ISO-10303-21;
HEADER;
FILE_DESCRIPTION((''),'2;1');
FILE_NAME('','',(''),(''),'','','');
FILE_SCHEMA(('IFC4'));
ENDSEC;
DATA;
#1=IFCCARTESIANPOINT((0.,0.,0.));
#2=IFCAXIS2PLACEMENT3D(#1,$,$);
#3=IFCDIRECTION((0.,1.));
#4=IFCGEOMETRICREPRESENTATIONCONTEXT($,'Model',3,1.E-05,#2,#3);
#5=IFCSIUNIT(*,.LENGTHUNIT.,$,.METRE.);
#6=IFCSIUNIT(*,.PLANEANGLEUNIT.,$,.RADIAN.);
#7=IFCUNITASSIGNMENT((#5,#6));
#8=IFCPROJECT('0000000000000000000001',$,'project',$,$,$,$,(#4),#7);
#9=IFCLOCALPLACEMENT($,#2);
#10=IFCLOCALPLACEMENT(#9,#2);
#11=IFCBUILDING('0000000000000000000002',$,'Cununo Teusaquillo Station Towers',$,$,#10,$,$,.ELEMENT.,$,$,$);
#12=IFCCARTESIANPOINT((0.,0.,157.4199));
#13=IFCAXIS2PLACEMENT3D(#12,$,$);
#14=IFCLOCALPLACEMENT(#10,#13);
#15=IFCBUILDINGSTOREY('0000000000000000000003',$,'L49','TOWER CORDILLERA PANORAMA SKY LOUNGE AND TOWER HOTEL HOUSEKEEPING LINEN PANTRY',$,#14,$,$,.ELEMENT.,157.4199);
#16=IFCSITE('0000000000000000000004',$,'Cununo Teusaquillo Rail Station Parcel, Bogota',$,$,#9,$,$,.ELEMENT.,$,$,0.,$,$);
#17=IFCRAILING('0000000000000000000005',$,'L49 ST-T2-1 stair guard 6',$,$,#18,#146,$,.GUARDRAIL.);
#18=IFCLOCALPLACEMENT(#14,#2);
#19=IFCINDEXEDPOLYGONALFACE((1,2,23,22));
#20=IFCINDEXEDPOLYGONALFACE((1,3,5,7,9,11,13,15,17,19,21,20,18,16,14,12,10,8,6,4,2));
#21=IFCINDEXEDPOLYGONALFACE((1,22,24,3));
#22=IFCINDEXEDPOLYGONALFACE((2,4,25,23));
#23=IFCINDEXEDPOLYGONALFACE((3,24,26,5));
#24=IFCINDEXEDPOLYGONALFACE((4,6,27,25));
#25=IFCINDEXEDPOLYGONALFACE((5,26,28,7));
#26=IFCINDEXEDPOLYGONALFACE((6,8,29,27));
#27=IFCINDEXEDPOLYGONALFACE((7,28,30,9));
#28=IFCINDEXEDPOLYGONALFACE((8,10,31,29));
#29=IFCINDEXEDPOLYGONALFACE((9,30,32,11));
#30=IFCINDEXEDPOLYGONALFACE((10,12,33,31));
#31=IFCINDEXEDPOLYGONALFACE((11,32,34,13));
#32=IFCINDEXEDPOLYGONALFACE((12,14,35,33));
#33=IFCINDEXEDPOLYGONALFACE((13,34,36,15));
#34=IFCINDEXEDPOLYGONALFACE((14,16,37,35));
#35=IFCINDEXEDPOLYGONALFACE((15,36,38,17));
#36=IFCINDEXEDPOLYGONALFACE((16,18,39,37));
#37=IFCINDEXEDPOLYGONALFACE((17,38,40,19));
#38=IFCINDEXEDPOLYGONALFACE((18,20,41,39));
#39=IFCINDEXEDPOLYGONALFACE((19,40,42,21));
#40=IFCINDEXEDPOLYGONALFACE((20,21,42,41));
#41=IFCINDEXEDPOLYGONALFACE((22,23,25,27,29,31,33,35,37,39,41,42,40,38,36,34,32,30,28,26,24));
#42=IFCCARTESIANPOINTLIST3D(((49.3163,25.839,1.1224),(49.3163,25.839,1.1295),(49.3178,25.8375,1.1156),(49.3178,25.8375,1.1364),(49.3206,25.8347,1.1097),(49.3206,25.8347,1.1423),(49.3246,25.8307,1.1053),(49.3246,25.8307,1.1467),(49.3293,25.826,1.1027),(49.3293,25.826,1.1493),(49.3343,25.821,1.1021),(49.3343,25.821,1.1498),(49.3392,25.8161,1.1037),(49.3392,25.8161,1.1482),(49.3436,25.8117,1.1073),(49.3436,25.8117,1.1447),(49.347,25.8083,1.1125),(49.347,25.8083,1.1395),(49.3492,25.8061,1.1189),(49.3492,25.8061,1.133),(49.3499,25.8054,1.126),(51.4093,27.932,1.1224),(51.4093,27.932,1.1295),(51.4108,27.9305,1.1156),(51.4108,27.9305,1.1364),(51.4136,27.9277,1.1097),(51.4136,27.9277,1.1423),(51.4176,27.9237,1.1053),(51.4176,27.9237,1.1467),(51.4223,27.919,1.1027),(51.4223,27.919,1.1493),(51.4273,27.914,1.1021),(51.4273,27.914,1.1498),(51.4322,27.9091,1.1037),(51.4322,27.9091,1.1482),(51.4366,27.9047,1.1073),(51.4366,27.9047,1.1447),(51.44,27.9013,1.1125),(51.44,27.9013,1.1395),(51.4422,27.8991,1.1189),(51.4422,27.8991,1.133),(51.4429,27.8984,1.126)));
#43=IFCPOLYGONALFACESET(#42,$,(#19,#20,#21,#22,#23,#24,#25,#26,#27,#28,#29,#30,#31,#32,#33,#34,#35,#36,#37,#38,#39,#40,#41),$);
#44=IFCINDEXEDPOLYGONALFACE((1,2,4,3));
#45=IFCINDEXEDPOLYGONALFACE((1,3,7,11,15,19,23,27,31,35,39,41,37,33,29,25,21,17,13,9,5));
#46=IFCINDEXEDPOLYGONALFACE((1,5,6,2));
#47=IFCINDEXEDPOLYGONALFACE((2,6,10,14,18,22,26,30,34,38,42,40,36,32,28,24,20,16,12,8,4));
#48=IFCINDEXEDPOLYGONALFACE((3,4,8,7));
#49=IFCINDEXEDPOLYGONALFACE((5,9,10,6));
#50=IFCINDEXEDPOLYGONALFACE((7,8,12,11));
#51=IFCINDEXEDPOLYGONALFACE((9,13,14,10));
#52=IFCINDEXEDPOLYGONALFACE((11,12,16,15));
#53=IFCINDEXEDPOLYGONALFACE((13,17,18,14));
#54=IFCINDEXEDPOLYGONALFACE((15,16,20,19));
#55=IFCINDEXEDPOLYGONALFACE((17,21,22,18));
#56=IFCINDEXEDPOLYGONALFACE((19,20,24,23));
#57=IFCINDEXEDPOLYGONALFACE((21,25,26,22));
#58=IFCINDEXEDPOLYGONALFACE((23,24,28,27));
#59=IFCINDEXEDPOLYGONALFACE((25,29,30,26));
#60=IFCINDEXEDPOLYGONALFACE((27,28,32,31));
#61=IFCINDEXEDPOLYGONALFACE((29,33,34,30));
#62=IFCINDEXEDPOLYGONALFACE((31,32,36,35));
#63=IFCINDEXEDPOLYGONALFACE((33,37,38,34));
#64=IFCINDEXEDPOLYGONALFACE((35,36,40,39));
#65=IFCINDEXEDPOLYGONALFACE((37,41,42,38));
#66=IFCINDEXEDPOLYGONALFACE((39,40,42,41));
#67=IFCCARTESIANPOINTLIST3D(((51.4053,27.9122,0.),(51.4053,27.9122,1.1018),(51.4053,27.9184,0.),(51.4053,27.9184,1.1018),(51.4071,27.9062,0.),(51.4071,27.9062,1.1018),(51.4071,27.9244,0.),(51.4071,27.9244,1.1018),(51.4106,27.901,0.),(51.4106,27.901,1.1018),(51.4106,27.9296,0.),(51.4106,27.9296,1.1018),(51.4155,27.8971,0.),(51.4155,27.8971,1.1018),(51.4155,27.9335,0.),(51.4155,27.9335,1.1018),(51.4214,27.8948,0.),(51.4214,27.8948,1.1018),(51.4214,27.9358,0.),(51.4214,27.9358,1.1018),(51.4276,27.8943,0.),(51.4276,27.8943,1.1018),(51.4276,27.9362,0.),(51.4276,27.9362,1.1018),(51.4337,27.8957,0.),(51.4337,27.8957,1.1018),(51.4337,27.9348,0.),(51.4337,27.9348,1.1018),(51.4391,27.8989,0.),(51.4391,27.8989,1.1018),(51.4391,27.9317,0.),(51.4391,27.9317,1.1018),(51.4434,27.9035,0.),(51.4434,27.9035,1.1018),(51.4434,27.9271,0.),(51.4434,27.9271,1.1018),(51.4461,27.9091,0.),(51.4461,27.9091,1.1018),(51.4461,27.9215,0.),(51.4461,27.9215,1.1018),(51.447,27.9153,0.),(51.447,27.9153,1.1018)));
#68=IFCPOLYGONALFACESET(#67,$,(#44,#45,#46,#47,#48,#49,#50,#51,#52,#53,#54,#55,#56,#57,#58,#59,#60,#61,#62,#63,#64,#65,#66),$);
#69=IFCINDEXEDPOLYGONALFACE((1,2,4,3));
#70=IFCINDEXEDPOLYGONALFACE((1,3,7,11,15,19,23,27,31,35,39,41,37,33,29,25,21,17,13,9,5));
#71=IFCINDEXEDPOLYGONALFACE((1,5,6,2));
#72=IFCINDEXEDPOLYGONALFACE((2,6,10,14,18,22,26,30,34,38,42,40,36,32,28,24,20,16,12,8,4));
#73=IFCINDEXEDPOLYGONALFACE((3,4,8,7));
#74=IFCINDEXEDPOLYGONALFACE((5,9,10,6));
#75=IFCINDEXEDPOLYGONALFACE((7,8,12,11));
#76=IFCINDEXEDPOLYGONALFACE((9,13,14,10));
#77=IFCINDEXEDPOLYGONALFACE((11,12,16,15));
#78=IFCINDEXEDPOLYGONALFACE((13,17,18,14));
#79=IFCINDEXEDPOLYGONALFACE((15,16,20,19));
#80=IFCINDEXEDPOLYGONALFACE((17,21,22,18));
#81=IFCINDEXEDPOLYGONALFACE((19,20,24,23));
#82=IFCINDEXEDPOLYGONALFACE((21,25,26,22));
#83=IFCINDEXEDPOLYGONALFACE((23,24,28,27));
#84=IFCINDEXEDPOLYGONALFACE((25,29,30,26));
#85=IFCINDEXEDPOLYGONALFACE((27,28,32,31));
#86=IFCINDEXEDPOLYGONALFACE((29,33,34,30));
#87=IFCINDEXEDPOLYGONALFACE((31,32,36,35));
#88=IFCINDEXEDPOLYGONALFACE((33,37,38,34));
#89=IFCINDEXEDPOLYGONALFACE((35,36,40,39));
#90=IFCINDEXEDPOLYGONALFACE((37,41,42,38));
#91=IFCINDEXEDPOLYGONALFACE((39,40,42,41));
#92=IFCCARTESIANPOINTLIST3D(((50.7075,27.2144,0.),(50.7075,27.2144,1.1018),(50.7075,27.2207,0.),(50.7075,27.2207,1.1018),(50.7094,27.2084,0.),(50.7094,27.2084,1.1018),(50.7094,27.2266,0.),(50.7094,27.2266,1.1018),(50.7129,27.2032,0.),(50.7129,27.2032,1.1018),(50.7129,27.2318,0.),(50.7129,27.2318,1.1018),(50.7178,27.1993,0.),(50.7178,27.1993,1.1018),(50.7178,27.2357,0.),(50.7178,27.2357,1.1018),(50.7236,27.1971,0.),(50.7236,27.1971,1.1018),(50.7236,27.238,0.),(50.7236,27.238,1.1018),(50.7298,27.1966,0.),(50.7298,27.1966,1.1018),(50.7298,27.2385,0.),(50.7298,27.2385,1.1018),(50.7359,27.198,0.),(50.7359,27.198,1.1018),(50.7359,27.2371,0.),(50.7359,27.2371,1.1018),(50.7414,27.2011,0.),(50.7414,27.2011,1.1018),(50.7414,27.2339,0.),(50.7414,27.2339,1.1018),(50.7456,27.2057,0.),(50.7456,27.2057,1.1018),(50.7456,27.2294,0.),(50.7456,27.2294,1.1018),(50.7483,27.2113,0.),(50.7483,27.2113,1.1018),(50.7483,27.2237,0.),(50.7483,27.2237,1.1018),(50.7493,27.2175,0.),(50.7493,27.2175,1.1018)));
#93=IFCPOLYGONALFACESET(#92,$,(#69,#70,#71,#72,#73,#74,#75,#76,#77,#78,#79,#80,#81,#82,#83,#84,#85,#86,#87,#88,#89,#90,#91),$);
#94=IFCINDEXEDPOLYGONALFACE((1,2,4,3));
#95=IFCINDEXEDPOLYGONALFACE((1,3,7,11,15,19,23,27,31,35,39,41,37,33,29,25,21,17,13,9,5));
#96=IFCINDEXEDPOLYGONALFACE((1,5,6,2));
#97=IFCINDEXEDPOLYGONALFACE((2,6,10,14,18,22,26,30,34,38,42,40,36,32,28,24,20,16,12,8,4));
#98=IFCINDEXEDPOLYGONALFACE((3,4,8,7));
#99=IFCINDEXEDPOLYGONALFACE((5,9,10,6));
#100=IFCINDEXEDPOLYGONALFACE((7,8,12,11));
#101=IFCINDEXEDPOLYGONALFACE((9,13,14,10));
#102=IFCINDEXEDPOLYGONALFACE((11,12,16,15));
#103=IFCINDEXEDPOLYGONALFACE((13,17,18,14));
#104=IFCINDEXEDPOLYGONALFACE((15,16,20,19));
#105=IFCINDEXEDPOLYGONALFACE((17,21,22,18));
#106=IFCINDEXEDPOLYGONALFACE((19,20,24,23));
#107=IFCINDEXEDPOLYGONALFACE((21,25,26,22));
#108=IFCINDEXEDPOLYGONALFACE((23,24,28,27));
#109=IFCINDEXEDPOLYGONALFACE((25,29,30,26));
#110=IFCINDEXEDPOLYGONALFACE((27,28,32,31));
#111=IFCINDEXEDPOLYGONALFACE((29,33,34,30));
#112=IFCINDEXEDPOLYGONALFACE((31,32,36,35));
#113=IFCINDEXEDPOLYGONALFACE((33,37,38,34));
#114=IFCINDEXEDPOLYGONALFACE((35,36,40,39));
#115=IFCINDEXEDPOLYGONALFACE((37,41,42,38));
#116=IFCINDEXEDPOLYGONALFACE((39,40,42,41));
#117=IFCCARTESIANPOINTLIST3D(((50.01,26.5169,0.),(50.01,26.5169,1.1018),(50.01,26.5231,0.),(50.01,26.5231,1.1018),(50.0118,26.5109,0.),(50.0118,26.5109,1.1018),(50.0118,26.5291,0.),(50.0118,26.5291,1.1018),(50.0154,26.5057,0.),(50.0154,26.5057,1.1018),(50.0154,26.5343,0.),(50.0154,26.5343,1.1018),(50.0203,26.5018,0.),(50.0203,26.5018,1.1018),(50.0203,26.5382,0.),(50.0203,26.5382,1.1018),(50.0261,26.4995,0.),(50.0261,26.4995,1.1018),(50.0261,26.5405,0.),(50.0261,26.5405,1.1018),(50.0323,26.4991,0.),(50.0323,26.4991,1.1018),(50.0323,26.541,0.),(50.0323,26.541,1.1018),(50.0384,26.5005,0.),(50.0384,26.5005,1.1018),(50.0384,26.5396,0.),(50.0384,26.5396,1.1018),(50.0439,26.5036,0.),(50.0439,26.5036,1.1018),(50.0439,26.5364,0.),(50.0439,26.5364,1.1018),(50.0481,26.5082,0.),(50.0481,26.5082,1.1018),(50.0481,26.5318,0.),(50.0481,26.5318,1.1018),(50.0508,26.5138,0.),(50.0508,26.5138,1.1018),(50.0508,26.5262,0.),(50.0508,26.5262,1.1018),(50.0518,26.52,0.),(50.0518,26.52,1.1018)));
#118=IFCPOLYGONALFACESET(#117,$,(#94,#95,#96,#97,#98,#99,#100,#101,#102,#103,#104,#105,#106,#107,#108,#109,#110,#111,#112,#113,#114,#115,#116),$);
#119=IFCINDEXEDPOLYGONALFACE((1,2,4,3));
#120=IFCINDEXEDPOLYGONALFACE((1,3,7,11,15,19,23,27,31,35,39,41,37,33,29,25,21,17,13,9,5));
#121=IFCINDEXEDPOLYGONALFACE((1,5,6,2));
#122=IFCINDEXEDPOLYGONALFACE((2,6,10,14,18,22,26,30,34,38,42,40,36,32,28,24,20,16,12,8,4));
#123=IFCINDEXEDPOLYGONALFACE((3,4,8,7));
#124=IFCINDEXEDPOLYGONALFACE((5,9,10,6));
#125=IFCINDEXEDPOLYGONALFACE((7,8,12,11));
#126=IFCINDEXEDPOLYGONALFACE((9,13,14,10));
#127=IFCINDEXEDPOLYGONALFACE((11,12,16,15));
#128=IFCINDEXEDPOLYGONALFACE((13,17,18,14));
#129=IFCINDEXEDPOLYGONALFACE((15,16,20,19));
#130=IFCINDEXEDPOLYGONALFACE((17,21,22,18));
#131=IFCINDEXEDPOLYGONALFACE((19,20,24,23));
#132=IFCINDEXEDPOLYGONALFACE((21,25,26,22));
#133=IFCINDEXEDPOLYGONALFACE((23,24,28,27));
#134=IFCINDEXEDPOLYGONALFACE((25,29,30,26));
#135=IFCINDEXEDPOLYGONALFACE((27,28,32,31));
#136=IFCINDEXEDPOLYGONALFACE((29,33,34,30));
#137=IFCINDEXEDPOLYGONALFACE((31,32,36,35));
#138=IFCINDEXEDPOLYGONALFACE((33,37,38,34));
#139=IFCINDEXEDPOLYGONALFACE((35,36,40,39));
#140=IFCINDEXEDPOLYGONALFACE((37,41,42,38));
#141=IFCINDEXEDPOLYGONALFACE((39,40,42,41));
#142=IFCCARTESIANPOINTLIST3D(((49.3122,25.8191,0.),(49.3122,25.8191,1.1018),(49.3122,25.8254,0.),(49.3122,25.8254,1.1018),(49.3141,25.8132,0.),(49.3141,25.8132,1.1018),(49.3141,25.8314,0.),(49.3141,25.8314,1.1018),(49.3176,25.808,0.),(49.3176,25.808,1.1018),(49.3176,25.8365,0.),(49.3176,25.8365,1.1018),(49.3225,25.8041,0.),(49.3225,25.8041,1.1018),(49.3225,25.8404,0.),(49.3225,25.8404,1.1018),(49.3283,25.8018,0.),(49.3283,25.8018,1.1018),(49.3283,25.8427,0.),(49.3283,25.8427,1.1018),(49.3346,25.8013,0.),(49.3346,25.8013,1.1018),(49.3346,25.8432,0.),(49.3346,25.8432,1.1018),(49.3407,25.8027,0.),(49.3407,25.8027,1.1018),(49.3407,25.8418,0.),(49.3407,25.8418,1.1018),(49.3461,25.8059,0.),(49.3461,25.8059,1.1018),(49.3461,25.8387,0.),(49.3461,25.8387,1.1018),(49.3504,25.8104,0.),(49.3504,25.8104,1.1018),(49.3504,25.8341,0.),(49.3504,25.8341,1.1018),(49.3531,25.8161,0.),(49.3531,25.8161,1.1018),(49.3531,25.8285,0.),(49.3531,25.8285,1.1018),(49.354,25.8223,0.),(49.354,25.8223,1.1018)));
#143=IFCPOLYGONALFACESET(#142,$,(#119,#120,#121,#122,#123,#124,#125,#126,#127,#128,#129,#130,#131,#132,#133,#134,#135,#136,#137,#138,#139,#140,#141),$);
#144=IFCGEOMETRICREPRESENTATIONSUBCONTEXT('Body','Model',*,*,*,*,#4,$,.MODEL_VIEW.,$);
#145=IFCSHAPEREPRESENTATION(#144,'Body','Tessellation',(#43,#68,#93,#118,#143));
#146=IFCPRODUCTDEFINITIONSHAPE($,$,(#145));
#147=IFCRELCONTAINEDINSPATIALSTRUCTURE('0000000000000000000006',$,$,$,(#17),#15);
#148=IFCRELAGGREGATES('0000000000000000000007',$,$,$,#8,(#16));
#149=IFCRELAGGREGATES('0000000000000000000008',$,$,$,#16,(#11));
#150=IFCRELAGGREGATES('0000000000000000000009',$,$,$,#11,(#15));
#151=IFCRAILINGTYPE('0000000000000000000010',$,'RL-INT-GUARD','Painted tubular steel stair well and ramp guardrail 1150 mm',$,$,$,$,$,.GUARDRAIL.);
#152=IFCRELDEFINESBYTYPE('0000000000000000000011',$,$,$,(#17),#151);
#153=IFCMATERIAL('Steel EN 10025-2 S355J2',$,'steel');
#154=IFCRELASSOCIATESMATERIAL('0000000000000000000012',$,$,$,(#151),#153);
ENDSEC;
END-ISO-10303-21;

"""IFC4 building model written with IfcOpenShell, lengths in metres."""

from ifc_helpers import new_model, si_unit, direction, frame, origin, origin_2d, place, context, subcontext, project, spatial, circle, extrude, material, type_object, element, save


model = new_model("IFC4")

# Units and contexts
model_context = context("Model", 3, precision=1e-05, world=origin(), true_north=direction((0.0, 1.0)))
body_context = subcontext(model_context, "Body", "Model", "MODEL_VIEW")
ifc_project = project(units=[si_unit("LENGTHUNIT", "METRE"), si_unit("PLANEANGLEUNIT", "RADIAN")], contexts=[model_context])

# Site, building, storey
site_placement = place(None, origin())
site = spatial("IfcSite", under=ifc_project, at=site_placement, Name="Cununo Teusaquillo Rail Station Parcel, Bogota", CompositionType="ELEMENT", RefElevation=0.0)
building_placement = place(site_placement, origin())
building = spatial("IfcBuilding", under=site, at=building_placement, Name="Cununo Teusaquillo Station Towers", CompositionType="ELEMENT")
storey_placement = place(building_placement, frame((0.0, 0.0, 157.4199)))
storey = spatial("IfcBuildingStorey", under=building, at=storey_placement, Name="L49", Description="TOWER CORDILLERA PANORAMA SKY LOUNGE AND TOWER HOTEL HOUSEKEEPING LINEN PANTRY", CompositionType="ELEMENT", Elevation=157.4199)

# Railing
ifc_material_1 = material(Name="Steel EN 10025-2 S355J2", Category="steel")
railing_type = type_object("IfcRailingType", Name="RL-INT-GUARD", Description="Painted tubular steel stair well and ramp guardrail 1150 mm", PredefinedType="GUARDRAIL", material=ifc_material_1)
railing_1_placement = place(storey_placement, frame((51.426, 27.9153, 0.0)))
element("IfcRailing", 1, at=railing_1_placement, inside=storey, type_object=railing_type, Name="L49 ST-T2-1 stair guard 6", PredefinedType="GUARDRAIL", context=body_context, shape_type="SweptSolid", body=[
    extrude(circle(Radius=0.0239, at=origin_2d()), frame((0.0, 0.0, 1.126), z_axis=(-0.707107, -0.707107, 0.0), x_axis=(0.707107, -0.707107, 0.0)), (0.0, 0.0, 1.0), 2.96),
    extrude(circle(Radius=0.021, at=origin_2d()), origin(), (0.0, 0.0, 1.0), 1.1018),
    extrude(circle(Radius=0.021, at=origin_2d()), frame((-0.6978, -0.6978, 0.0)), (0.0, 0.0, 1.0), 1.1018),
    extrude(circle(Radius=0.021, at=origin_2d()), frame((-1.3953, -1.3953, 0.0)), (0.0, 0.0, 1.0), 1.1018),
    extrude(circle(Radius=0.021, at=origin_2d()), frame((-2.093, -2.093, 0.0)), (0.0, 0.0, 1.0), 1.1018),
])

save(model, "model.ifc")
